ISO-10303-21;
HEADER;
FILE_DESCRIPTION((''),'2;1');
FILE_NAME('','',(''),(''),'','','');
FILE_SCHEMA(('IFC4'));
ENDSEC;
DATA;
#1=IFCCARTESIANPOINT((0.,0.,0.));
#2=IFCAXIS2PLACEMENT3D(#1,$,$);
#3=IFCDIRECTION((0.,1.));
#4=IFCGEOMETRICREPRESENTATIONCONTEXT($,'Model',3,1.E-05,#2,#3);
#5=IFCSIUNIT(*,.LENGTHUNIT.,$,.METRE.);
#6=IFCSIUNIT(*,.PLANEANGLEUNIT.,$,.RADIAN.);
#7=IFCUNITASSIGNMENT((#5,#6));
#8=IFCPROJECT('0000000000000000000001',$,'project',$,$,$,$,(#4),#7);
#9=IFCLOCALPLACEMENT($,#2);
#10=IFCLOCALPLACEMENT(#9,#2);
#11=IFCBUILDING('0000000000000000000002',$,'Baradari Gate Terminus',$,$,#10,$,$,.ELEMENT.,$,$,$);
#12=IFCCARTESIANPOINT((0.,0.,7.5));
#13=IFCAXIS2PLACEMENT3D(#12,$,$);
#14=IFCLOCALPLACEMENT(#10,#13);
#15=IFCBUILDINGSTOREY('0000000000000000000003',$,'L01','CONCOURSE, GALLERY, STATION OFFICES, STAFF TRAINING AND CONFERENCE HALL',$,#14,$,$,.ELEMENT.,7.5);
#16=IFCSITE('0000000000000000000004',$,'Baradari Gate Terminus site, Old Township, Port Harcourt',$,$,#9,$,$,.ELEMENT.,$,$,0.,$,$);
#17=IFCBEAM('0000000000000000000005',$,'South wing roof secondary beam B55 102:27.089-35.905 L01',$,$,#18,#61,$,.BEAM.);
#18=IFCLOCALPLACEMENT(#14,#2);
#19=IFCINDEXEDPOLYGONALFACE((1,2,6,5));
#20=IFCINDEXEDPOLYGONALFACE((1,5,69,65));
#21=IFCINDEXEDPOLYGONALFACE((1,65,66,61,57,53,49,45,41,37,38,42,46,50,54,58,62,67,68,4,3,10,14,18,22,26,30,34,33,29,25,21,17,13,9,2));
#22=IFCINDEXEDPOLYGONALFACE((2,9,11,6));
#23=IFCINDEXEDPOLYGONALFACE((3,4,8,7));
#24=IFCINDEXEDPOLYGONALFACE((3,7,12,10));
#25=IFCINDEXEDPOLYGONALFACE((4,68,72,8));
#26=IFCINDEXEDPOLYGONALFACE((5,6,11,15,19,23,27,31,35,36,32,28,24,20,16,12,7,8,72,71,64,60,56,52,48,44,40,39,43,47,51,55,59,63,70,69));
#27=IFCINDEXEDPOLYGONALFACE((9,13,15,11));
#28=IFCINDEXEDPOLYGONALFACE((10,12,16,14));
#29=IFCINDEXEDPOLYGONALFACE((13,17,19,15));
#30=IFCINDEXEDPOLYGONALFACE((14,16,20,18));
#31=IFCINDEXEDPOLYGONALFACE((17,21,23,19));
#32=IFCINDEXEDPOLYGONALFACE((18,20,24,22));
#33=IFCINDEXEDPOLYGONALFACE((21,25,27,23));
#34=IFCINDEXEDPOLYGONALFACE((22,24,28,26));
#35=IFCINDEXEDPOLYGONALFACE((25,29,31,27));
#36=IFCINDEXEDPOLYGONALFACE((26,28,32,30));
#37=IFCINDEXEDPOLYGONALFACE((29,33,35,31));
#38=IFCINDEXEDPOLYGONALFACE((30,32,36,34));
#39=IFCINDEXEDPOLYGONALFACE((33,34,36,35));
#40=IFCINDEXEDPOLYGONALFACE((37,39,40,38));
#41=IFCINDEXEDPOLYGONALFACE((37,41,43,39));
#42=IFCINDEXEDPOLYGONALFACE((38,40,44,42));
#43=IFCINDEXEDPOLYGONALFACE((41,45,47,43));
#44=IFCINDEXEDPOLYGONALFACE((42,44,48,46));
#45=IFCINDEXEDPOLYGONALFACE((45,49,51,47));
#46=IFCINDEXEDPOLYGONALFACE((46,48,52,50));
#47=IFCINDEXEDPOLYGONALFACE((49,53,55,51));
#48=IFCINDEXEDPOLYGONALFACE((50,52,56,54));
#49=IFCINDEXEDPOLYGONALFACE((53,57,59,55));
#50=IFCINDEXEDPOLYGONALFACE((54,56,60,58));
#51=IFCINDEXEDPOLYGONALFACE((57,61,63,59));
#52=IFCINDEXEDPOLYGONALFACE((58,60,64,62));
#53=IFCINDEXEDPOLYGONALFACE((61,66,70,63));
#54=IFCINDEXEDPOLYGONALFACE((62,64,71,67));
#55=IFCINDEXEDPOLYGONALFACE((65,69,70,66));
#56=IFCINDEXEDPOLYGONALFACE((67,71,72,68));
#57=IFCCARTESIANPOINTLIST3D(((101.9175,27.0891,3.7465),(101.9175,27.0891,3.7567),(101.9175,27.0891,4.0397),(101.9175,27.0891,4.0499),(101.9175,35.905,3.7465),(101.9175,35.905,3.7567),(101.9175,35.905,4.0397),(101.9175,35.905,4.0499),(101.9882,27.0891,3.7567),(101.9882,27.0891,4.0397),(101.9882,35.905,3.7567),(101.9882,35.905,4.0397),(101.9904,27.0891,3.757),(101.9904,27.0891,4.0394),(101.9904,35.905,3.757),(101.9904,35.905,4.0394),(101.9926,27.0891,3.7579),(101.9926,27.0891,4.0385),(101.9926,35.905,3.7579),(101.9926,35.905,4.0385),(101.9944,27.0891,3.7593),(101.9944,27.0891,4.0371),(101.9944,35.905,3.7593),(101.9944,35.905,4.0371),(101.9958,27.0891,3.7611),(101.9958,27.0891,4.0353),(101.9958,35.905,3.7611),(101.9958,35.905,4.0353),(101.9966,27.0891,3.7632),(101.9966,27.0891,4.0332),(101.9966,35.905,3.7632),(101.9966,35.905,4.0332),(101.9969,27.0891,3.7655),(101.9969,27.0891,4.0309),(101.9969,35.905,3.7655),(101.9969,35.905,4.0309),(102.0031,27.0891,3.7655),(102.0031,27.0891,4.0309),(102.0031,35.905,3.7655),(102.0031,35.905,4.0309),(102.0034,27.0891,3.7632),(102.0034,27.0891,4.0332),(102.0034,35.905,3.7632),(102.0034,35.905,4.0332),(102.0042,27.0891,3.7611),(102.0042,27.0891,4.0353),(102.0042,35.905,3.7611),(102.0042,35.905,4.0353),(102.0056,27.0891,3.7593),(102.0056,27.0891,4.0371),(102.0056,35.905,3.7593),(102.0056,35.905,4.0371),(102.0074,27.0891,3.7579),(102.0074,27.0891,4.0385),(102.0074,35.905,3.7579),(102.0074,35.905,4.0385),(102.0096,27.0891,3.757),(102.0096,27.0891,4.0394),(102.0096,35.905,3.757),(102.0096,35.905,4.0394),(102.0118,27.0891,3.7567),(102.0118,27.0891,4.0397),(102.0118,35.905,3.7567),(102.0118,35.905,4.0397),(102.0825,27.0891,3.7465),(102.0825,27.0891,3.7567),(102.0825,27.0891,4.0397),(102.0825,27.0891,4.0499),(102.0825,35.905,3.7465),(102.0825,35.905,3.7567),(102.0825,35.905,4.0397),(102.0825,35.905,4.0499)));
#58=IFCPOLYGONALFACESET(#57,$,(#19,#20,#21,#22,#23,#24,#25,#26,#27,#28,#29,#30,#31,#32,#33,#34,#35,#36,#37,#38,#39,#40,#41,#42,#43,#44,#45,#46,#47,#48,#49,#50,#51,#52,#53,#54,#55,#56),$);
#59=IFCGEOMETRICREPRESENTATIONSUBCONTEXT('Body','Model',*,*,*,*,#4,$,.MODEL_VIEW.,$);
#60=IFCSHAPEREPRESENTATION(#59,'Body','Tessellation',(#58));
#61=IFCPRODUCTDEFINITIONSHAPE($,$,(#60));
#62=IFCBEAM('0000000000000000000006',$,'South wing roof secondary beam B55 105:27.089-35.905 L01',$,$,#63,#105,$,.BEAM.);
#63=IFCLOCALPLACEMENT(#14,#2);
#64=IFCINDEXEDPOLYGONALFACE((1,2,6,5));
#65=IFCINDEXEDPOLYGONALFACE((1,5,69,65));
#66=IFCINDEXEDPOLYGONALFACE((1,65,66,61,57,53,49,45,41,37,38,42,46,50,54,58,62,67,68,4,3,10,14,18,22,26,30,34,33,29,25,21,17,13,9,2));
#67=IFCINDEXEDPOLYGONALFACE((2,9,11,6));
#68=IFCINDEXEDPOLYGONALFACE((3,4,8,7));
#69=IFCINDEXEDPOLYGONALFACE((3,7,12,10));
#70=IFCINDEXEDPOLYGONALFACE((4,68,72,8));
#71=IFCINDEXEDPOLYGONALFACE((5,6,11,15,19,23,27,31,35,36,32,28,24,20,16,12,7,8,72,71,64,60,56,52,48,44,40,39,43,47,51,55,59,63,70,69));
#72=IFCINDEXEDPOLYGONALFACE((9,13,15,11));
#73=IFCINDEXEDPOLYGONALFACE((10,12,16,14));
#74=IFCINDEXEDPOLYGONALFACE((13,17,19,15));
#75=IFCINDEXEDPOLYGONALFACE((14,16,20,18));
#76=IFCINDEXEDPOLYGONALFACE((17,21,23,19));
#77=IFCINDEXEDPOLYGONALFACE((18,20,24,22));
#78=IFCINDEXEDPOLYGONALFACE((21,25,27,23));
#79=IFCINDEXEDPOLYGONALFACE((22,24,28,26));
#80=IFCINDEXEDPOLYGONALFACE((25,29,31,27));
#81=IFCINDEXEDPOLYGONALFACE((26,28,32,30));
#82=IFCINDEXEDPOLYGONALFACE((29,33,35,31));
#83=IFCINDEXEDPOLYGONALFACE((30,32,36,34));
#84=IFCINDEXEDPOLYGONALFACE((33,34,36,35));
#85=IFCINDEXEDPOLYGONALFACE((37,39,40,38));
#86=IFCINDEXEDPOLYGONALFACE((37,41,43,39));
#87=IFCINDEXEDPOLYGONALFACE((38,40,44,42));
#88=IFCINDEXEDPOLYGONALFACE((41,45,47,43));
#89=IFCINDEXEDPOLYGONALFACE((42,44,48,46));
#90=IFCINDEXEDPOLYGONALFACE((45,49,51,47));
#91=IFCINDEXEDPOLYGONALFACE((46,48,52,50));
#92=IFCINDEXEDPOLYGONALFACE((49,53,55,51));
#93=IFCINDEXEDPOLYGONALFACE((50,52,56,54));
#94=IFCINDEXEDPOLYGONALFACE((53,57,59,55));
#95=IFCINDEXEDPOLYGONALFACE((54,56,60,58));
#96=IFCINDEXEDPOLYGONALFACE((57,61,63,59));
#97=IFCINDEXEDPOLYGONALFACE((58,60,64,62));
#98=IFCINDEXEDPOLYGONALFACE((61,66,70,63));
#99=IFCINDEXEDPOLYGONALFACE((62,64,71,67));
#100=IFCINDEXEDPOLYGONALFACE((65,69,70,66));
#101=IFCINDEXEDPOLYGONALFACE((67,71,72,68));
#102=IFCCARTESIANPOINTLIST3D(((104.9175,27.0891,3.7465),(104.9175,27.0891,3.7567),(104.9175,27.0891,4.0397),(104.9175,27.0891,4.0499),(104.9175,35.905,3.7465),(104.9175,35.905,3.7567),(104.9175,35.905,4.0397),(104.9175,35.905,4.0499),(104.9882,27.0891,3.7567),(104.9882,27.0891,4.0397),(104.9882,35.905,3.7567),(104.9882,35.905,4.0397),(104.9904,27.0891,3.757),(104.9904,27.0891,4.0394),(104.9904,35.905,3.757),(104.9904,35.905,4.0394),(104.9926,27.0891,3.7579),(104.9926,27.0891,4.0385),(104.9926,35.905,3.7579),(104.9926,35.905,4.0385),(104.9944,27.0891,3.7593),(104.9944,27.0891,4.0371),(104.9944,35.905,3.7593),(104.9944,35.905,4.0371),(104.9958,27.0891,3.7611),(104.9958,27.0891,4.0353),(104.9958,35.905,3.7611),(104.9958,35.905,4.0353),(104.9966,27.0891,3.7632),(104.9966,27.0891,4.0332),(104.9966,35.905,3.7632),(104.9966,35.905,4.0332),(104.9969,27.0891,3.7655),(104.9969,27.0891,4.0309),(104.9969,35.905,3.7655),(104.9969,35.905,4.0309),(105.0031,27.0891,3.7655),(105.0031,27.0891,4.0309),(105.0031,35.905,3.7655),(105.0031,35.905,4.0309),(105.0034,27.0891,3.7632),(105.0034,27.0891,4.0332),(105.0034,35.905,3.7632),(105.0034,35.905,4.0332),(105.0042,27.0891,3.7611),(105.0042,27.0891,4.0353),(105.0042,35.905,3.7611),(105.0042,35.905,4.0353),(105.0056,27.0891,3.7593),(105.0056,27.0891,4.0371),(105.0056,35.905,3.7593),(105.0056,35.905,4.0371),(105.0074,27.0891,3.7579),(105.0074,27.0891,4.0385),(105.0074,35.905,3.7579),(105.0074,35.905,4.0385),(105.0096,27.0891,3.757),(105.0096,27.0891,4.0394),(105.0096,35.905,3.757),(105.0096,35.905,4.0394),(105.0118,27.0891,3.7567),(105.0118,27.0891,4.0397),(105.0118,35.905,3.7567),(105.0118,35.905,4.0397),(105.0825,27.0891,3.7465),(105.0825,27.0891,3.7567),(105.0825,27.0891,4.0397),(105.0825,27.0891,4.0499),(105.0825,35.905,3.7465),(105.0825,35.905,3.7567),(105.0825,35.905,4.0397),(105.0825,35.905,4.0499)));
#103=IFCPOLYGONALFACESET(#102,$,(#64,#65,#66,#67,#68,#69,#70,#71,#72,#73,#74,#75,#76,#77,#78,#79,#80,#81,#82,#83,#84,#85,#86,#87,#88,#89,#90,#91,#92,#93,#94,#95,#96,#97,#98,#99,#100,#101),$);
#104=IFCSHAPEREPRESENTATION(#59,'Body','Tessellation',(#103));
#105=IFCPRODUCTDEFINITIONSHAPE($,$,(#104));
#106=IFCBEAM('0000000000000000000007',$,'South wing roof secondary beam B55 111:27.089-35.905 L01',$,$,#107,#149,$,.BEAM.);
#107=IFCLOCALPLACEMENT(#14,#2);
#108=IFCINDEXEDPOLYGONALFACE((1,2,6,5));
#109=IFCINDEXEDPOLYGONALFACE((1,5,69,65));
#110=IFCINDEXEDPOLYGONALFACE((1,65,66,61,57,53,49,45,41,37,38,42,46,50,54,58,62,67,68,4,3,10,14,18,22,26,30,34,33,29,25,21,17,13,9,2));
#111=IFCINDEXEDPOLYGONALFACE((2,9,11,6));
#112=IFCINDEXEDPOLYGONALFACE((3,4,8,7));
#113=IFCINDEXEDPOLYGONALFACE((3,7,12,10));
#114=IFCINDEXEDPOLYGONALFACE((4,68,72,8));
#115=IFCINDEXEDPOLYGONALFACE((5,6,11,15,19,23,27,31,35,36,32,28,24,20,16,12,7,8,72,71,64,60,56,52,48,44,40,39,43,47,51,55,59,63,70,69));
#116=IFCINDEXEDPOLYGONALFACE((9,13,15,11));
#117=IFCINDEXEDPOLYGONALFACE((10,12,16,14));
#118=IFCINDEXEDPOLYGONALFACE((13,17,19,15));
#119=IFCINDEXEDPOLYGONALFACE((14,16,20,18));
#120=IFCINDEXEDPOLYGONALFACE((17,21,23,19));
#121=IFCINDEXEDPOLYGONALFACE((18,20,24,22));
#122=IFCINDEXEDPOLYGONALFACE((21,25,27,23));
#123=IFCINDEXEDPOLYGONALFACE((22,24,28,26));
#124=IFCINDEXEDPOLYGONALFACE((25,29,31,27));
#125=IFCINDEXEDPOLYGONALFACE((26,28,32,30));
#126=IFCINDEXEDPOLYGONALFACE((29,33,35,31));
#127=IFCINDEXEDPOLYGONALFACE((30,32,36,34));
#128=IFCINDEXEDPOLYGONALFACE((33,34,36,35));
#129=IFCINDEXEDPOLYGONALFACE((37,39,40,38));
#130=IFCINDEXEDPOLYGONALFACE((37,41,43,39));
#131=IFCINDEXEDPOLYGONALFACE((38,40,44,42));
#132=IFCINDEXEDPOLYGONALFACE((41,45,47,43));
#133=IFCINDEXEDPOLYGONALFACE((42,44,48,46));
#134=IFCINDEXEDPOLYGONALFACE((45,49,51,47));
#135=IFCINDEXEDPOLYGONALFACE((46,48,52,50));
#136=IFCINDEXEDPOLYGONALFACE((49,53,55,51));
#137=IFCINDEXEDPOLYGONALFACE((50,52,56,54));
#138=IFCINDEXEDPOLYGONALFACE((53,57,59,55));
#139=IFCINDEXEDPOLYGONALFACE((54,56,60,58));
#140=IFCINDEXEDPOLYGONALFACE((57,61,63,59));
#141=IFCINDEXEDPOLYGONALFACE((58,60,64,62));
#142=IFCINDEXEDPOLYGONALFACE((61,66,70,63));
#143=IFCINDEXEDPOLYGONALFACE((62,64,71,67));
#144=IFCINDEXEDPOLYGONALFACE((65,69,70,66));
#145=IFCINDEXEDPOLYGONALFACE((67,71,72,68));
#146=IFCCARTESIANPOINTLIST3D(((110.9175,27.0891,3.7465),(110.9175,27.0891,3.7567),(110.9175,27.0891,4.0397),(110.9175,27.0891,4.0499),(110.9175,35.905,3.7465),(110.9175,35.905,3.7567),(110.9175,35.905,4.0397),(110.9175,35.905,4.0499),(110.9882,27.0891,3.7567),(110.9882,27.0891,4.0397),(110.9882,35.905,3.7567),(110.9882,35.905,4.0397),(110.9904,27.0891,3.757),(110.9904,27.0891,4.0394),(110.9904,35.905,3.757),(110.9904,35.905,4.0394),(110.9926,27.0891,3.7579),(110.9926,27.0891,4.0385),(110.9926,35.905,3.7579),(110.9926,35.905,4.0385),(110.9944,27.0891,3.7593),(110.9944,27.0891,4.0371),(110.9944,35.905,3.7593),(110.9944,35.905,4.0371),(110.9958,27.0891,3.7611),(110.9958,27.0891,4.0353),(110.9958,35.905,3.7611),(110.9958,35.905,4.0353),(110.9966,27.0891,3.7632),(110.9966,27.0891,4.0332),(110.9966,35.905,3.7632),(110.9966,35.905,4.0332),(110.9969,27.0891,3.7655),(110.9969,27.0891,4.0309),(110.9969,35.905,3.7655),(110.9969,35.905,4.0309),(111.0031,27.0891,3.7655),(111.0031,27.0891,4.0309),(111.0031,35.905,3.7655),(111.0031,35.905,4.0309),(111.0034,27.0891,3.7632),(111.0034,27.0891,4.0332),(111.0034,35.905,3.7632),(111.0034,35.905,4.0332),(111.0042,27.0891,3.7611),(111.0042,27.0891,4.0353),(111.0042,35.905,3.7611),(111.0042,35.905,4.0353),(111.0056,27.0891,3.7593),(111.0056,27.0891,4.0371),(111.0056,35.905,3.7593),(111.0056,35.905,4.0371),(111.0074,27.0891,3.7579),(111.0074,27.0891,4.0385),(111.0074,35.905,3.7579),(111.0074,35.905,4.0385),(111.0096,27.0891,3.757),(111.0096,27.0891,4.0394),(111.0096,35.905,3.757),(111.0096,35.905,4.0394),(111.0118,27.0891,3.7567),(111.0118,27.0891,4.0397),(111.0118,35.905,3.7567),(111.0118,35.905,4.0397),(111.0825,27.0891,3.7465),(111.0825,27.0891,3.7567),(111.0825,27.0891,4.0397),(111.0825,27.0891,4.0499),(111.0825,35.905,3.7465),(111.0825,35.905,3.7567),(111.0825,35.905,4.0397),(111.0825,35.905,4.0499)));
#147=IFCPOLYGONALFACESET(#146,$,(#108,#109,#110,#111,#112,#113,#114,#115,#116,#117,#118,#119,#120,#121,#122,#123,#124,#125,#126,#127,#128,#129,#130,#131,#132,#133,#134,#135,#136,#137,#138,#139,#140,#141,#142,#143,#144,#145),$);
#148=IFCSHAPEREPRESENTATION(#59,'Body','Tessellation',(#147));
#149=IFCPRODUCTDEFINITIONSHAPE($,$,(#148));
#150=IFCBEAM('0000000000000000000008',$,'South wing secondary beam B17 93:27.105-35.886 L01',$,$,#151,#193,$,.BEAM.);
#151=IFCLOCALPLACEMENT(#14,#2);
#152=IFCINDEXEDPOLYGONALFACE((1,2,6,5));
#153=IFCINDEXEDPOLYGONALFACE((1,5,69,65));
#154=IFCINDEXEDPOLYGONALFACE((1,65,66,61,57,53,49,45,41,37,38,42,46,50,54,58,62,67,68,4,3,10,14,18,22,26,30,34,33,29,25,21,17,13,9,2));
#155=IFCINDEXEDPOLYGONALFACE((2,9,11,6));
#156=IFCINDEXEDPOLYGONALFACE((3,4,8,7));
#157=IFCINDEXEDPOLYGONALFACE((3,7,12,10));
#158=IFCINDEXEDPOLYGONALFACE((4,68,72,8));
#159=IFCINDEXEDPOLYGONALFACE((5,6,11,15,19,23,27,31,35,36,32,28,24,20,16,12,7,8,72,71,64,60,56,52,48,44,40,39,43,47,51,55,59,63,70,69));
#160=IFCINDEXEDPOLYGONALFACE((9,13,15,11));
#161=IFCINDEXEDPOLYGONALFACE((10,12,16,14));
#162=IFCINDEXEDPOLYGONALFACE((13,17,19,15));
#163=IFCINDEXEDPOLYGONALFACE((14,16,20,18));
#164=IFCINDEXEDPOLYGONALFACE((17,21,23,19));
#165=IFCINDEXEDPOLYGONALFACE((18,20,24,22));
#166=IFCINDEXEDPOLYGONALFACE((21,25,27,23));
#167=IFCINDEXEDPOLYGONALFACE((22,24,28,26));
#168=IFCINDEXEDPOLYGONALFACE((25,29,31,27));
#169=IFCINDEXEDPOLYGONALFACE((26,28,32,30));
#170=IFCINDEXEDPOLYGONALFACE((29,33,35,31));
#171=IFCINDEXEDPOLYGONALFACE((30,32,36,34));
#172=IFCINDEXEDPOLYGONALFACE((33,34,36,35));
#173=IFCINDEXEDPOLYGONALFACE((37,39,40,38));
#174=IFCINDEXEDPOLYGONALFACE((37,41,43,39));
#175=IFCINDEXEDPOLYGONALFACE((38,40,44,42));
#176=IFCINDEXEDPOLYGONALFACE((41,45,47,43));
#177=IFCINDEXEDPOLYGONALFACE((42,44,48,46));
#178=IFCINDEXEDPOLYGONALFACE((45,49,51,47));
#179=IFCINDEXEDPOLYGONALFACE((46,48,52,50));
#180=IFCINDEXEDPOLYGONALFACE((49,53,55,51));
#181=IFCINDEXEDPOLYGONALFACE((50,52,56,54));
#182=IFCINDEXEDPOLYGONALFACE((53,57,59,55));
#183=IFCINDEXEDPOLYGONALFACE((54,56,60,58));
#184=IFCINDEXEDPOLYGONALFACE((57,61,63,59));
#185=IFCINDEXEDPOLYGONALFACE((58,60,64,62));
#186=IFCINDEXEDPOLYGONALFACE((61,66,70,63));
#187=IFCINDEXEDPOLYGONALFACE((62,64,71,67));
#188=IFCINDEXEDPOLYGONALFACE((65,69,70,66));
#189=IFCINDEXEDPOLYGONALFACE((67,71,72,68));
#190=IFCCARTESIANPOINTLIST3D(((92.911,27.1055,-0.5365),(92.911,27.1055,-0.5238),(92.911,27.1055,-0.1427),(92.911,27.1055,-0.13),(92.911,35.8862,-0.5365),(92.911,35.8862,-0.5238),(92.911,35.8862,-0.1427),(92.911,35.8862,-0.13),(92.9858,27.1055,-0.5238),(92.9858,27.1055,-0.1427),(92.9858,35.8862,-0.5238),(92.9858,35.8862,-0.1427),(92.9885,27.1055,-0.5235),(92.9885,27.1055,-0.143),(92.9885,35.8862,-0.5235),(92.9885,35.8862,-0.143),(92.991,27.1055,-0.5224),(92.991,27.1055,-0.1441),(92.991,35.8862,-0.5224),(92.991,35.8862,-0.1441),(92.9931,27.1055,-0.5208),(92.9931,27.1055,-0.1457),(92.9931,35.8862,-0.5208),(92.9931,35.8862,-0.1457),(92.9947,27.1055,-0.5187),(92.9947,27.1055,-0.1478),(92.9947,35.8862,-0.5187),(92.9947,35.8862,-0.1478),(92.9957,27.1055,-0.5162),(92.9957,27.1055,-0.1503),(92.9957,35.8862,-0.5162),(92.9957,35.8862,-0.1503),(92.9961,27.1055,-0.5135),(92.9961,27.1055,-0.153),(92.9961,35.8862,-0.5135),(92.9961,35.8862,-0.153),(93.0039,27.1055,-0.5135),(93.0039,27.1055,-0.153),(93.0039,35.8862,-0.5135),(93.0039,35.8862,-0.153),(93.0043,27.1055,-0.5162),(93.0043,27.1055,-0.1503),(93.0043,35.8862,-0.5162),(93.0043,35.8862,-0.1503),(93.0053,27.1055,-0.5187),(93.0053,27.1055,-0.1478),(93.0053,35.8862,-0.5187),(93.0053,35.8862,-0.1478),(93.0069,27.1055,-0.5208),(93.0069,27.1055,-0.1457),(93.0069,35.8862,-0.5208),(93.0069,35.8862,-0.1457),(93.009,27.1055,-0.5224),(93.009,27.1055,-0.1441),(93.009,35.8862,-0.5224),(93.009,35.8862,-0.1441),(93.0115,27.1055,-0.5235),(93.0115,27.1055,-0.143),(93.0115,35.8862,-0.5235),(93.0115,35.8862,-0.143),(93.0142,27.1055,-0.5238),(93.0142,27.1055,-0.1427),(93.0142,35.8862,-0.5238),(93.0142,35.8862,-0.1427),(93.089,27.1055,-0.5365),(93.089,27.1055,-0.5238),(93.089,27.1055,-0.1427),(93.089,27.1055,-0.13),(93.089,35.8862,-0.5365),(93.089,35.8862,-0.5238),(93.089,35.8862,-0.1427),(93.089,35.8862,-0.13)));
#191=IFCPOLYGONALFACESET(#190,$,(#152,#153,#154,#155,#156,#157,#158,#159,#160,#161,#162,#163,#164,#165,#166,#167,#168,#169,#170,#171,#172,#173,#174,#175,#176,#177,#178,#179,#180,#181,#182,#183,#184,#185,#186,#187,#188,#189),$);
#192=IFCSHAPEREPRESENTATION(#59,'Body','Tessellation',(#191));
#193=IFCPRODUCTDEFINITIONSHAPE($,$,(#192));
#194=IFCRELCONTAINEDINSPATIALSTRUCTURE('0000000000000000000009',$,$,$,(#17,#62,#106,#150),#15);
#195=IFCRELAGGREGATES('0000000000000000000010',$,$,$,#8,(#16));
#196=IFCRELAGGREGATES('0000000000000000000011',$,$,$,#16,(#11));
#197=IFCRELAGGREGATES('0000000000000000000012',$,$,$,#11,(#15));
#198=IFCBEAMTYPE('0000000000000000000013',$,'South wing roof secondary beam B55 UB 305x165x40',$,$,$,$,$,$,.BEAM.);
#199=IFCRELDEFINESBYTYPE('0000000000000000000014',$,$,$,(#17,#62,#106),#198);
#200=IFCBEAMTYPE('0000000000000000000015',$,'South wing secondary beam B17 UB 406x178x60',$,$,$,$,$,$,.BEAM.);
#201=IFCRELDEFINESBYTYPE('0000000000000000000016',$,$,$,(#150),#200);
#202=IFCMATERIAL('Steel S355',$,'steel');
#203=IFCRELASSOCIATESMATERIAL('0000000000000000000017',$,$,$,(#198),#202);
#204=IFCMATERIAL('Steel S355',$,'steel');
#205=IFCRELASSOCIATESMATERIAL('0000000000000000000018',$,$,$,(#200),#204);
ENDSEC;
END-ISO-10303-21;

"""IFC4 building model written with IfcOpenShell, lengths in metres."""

from ifc_helpers import new_model, si_unit, direction, frame, origin, origin_2d, place, context, subcontext, project, spatial, i_section, extrude, material, material_profile, profile_set, type_object, element, save


model = new_model("IFC4")

# Units and contexts
model_context = context("Model", 3, precision=1e-05, world=origin(), true_north=direction((0.0, 1.0)))
body_context = subcontext(model_context, "Body", "Model", "MODEL_VIEW")
ifc_project = project(units=[si_unit("LENGTHUNIT", "METRE"), si_unit("PLANEANGLEUNIT", "RADIAN")], contexts=[model_context])

# Site, building, storey
site_placement = place(None, origin())
site = spatial("IfcSite", under=ifc_project, at=site_placement, Name="Baradari Gate Terminus site, Old Township, Port Harcourt", CompositionType="ELEMENT", RefElevation=0.0)
building_placement = place(site_placement, origin())
building = spatial("IfcBuilding", under=site, at=building_placement, Name="Baradari Gate Terminus", CompositionType="ELEMENT")
storey_placement = place(building_placement, frame((0.0, 0.0, 7.5)))
storey = spatial("IfcBuildingStorey", under=building, at=storey_placement, Name="L01", Description="CONCOURSE, GALLERY, STATION OFFICES, STAFF TRAINING AND CONFERENCE HALL", CompositionType="ELEMENT", Elevation=7.5)

# Beams
ifc_material_1 = material(Name="Steel S355", Category="steel")
ifc_material_profile_1 = material_profile(ifc_material_1, i_section(OverallWidth=0.165, OverallDepth=0.3035, WebThickness=0.0061, FlangeThickness=0.0103, FilletRadius=0.0088, at=origin_2d()), Name="UB 305x165x40")
ifc_profile_set_1 = profile_set([ifc_material_profile_1], Name="Steel S355")
beam_type_1 = type_object("IfcBeamType", Name="South wing roof secondary beam B55 UB 305x165x40", PredefinedType="BEAM", material=ifc_profile_set_1)
for number, where, z_axis, x_axis, name in (
    (1, (102.0, 27.0891, 3.8982), (0.0, 1.0, 0.0), (-1.0, 0.0, 0.0), "South wing roof secondary beam B55 102:27.089-35.905 L01"),
    (2, (105.0, 27.0891, 3.8982), (0.0, 1.0, 0.0), (-1.0, 0.0, 0.0), "South wing roof secondary beam B55 105:27.089-35.905 L01"),
    (3, (111.0, 27.0891, 3.8982), (0.0, 1.0, 0.0), (-1.0, 0.0, 0.0), "South wing roof secondary beam B55 111:27.089-35.905 L01"),
):
    element("IfcBeam", number, at=place(storey_placement, frame(where, z_axis=z_axis, x_axis=x_axis)), inside=storey, type_object=beam_type_1, Name=name, PredefinedType="BEAM", context=body_context, shape_type="SweptSolid", body=[
        extrude(i_section(OverallWidth=0.165, OverallDepth=0.3035, WebThickness=0.0061, FlangeThickness=0.0103, FilletRadius=0.0088, at=origin_2d()), origin(), (0.0, 0.0, 1.0), 8.8159),
    ])
ifc_material_2 = material(Name="Steel S355", Category="steel")
ifc_material_profile_2 = material_profile(ifc_material_2, i_section(OverallWidth=0.178, OverallDepth=0.4065, WebThickness=0.0078, FlangeThickness=0.0127, FilletRadius=0.0103, at=origin_2d()), Name="UB 406x178x60")
ifc_profile_set_2 = profile_set([ifc_material_profile_2], Name="Steel S355")
beam_type_2 = type_object("IfcBeamType", Name="South wing secondary beam B17 UB 406x178x60", PredefinedType="BEAM", material=ifc_profile_set_2)
for number, where, z_axis, x_axis, name in (
    (4, (93.0, 27.1055, -0.3333), (0.0, 1.0, 0.0), (-1.0, 0.0, 0.0), "South wing secondary beam B17 93:27.105-35.886 L01"),
):
    element("IfcBeam", number, at=place(storey_placement, frame(where, z_axis=z_axis, x_axis=x_axis)), inside=storey, type_object=beam_type_2, Name=name, PredefinedType="BEAM", context=body_context, shape_type="SweptSolid", body=[
        extrude(i_section(OverallWidth=0.178, OverallDepth=0.4065, WebThickness=0.0078, FlangeThickness=0.0127, FilletRadius=0.0103, at=origin_2d()), origin(), (0.0, 0.0, 1.0), 8.7808),
    ])

save(model, "model.ifc")
